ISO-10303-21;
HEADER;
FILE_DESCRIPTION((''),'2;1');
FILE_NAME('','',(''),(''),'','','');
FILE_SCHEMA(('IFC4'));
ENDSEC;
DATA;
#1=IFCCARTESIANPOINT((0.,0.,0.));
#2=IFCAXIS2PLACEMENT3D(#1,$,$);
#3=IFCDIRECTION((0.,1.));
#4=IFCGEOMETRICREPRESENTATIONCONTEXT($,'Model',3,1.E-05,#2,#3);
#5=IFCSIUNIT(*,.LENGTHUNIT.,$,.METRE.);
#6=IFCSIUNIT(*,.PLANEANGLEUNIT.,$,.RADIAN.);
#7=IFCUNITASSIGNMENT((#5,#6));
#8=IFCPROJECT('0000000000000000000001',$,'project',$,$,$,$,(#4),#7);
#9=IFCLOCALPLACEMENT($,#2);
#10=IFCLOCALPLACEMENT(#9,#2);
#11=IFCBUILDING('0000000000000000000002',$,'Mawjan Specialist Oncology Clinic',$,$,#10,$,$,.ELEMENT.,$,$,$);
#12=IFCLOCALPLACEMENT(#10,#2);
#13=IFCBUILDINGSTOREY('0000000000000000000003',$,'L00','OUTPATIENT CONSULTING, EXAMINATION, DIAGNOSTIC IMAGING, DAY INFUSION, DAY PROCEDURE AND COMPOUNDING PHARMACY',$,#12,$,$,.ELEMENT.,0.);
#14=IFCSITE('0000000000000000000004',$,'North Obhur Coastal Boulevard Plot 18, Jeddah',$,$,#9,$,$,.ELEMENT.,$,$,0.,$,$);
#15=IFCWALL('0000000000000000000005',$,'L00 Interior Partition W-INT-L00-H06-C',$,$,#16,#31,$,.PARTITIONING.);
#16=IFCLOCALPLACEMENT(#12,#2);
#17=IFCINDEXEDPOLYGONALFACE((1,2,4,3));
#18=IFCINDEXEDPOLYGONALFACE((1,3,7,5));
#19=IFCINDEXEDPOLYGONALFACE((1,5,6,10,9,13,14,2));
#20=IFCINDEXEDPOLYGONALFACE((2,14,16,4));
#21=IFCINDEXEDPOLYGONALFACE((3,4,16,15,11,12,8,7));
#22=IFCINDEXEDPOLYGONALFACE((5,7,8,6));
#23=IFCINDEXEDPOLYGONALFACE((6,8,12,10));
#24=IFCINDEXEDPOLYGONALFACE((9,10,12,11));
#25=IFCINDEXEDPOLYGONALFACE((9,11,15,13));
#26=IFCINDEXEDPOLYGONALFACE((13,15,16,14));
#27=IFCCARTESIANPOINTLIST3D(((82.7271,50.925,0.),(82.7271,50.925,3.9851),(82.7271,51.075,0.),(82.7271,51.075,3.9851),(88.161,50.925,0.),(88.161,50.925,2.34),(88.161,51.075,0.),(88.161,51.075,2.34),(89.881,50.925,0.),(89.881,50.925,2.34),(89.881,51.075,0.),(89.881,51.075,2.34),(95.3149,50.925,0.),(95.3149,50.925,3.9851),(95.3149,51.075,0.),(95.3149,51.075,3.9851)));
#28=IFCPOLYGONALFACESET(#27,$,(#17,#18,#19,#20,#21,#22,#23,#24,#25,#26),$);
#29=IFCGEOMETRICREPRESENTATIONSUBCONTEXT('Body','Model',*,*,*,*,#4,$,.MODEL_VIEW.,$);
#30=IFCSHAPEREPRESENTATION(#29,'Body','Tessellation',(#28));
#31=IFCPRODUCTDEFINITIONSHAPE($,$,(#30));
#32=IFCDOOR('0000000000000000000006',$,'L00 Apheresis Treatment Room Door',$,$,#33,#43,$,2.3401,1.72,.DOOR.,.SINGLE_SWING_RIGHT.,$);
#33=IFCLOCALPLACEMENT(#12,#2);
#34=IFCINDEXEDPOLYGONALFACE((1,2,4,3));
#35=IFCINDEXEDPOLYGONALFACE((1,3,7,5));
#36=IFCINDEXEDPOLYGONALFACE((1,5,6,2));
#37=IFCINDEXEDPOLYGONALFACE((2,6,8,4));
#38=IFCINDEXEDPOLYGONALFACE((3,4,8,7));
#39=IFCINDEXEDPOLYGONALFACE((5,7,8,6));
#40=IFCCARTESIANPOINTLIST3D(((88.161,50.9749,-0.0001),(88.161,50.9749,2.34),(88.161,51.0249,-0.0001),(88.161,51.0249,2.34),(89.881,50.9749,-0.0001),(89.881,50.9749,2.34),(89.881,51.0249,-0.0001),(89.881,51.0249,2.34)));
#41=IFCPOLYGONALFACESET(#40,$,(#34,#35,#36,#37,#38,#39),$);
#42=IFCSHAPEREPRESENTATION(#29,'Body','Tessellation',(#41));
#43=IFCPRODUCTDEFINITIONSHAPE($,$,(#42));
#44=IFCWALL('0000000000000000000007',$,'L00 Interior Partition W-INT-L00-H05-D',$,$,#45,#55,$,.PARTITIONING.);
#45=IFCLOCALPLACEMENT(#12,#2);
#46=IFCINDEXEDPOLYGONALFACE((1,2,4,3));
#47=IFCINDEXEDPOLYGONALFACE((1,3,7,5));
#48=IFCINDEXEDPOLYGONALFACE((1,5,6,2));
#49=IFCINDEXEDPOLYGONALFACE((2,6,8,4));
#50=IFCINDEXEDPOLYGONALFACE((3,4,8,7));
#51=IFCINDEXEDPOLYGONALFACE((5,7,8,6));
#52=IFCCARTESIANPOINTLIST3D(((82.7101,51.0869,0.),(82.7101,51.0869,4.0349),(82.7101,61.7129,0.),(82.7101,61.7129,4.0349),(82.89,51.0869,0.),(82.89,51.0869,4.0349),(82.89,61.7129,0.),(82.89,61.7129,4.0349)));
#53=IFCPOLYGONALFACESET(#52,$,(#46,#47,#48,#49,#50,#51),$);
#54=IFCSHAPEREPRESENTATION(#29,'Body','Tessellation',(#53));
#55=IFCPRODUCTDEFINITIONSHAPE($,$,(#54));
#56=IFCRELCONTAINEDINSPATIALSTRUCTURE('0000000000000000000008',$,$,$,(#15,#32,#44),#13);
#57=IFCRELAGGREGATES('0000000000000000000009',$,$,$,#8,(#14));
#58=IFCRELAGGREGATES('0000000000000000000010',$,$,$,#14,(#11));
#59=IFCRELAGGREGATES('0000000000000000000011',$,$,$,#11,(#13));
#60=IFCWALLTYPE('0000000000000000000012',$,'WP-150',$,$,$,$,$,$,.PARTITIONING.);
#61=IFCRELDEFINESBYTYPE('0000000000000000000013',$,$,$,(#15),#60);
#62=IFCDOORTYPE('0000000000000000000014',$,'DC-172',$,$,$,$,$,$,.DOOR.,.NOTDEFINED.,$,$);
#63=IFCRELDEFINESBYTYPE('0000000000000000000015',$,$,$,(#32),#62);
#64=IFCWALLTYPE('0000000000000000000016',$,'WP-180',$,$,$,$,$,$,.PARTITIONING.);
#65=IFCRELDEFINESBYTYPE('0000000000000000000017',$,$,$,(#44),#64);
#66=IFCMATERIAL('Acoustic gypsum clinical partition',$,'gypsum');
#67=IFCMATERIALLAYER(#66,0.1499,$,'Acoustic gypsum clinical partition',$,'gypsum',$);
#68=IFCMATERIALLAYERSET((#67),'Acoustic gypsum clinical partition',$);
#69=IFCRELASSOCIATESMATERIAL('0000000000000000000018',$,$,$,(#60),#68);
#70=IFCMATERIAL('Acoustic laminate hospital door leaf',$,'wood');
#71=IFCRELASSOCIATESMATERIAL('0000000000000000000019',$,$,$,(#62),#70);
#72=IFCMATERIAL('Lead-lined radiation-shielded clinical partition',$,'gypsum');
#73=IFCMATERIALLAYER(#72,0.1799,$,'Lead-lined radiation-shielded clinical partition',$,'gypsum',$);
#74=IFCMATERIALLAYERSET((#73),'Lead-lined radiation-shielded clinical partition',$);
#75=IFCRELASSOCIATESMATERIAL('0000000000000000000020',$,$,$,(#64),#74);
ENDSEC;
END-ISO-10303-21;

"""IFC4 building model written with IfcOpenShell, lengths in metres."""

from ifc_helpers import new_model, si_unit, direction, frame, frame_2d, origin, place, context, subcontext, project, spatial, rectangle, extrude, material, layer, layer_set, type_object, element, fill, save


model = new_model("IFC4")

# Units and contexts
model_context = context("Model", 3, precision=1e-05, world=origin(), true_north=direction((0.0, 1.0)))
body_context = subcontext(model_context, "Body", "Model", "MODEL_VIEW")
ifc_project = project(units=[si_unit("LENGTHUNIT", "METRE"), si_unit("PLANEANGLEUNIT", "RADIAN")], contexts=[model_context])

# Site, building, storey
site_placement = place(None, origin())
site = spatial("IfcSite", under=ifc_project, at=site_placement, Name="North Obhur Coastal Boulevard Plot 18, Jeddah", CompositionType="ELEMENT", RefElevation=0.0)
building_placement = place(site_placement, origin())
building = spatial("IfcBuilding", under=site, at=building_placement, Name="Mawjan Specialist Oncology Clinic", CompositionType="ELEMENT")
storey_placement = place(building_placement, origin())
storey = spatial("IfcBuildingStorey", under=building, at=storey_placement, Name="L00", Description="OUTPATIENT CONSULTING, EXAMINATION, DIAGNOSTIC IMAGING, DAY INFUSION, DAY PROCEDURE AND COMPOUNDING PHARMACY", CompositionType="ELEMENT", Elevation=0.0)

# Wall, opening, door
ifc_material_1 = material(Name="Acoustic gypsum clinical partition", Category="gypsum")
ifc_layer_1 = layer(ifc_material_1, 0.1499, Name="Acoustic gypsum clinical partition", Category="gypsum")
ifc_layer_set_1 = layer_set([ifc_layer_1], Name="Acoustic gypsum clinical partition")
wall_type_1 = type_object("IfcWallType", Name="WP-150", PredefinedType="PARTITIONING", material=ifc_layer_set_1)
wall_1_placement = place(storey_placement, frame((82.7271, 51.0, 0.0), z_axis=(0.0, 0.0, 1.0), x_axis=(1.0, 0.0, 0.0)))
wall_1 = element("IfcWall", 1, at=wall_1_placement, inside=storey, type_object=wall_type_1, Name="L00 Interior Partition W-INT-L00-H06-C", PredefinedType="PARTITIONING", context=body_context, shape_type="SweptSolid", body=[
    extrude(rectangle(XDim=12.5879, YDim=0.1499, at=frame_2d((6.2939, 0.0))), origin(), (0.0, 0.0, 1.0), 3.9851),
])
opening_placement = place(wall_1_placement, frame((5.4341, 0.0, 0.0)))
opening = element("IfcOpeningElement", 2, at=opening_placement, cuts=wall_1, PredefinedType="OPENING", context=body_context, shape_type="SweptSolid", body=[
    extrude(rectangle(XDim=1.72, YDim=2.3401, at=frame_2d((0.8599, 1.1699))), frame((0.0, 0.0869, 0.0), z_axis=(0.0, -1.0, 0.0), x_axis=(1.0, 0.0, 0.0)), (0.0, 0.0, 1.0), 0.1738),
])
ifc_material_2 = material(Name="Acoustic laminate hospital door leaf", Category="wood")
door_type = type_object("IfcDoorType", Name="DC-172", OperationType="NOTDEFINED", PredefinedType="DOOR", material=ifc_material_2)
door_placement = place(opening_placement, origin())
door = element("IfcDoor", 3, at=door_placement, inside=storey, type_object=door_type, Name="L00 Apheresis Treatment Room Door", OperationType="SINGLE_SWING_RIGHT", OverallHeight=2.3401, OverallWidth=1.72, PredefinedType="DOOR", context=body_context, shape_type="SweptSolid", body=[
    extrude(rectangle(XDim=1.72, YDim=2.3401, at=frame_2d((0.8599, 1.1699))), frame((0.0, 0.0249, 0.0), z_axis=(0.0, -1.0, 0.0), x_axis=(1.0, 0.0, 0.0)), (0.0, 0.0, 1.0), 0.05),
])
fill(opening, door)

# Wall
ifc_material_3 = material(Name="Lead-lined radiation-shielded clinical partition", Category="gypsum")
ifc_layer_2 = layer(ifc_material_3, 0.1799, Name="Lead-lined radiation-shielded clinical partition", Category="gypsum")
ifc_layer_set_2 = layer_set([ifc_layer_2], Name="Lead-lined radiation-shielded clinical partition")
wall_type_2 = type_object("IfcWallType", Name="WP-180", PredefinedType="PARTITIONING", material=ifc_layer_set_2)
wall_2_placement = place(storey_placement, frame((82.8, 51.0869, 0.0), z_axis=(0.0, 0.0, 1.0), x_axis=(0.0, 1.0, 0.0)))
element("IfcWall", 4, at=wall_2_placement, inside=storey, type_object=wall_type_2, Name="L00 Interior Partition W-INT-L00-H05-D", PredefinedType="PARTITIONING", context=body_context, shape_type="SweptSolid", body=[
    extrude(rectangle(XDim=10.626, YDim=0.1799, at=frame_2d((5.313, 0.0))), origin(), (0.0, 0.0, 1.0), 4.0349),
])

save(model, "model.ifc")
